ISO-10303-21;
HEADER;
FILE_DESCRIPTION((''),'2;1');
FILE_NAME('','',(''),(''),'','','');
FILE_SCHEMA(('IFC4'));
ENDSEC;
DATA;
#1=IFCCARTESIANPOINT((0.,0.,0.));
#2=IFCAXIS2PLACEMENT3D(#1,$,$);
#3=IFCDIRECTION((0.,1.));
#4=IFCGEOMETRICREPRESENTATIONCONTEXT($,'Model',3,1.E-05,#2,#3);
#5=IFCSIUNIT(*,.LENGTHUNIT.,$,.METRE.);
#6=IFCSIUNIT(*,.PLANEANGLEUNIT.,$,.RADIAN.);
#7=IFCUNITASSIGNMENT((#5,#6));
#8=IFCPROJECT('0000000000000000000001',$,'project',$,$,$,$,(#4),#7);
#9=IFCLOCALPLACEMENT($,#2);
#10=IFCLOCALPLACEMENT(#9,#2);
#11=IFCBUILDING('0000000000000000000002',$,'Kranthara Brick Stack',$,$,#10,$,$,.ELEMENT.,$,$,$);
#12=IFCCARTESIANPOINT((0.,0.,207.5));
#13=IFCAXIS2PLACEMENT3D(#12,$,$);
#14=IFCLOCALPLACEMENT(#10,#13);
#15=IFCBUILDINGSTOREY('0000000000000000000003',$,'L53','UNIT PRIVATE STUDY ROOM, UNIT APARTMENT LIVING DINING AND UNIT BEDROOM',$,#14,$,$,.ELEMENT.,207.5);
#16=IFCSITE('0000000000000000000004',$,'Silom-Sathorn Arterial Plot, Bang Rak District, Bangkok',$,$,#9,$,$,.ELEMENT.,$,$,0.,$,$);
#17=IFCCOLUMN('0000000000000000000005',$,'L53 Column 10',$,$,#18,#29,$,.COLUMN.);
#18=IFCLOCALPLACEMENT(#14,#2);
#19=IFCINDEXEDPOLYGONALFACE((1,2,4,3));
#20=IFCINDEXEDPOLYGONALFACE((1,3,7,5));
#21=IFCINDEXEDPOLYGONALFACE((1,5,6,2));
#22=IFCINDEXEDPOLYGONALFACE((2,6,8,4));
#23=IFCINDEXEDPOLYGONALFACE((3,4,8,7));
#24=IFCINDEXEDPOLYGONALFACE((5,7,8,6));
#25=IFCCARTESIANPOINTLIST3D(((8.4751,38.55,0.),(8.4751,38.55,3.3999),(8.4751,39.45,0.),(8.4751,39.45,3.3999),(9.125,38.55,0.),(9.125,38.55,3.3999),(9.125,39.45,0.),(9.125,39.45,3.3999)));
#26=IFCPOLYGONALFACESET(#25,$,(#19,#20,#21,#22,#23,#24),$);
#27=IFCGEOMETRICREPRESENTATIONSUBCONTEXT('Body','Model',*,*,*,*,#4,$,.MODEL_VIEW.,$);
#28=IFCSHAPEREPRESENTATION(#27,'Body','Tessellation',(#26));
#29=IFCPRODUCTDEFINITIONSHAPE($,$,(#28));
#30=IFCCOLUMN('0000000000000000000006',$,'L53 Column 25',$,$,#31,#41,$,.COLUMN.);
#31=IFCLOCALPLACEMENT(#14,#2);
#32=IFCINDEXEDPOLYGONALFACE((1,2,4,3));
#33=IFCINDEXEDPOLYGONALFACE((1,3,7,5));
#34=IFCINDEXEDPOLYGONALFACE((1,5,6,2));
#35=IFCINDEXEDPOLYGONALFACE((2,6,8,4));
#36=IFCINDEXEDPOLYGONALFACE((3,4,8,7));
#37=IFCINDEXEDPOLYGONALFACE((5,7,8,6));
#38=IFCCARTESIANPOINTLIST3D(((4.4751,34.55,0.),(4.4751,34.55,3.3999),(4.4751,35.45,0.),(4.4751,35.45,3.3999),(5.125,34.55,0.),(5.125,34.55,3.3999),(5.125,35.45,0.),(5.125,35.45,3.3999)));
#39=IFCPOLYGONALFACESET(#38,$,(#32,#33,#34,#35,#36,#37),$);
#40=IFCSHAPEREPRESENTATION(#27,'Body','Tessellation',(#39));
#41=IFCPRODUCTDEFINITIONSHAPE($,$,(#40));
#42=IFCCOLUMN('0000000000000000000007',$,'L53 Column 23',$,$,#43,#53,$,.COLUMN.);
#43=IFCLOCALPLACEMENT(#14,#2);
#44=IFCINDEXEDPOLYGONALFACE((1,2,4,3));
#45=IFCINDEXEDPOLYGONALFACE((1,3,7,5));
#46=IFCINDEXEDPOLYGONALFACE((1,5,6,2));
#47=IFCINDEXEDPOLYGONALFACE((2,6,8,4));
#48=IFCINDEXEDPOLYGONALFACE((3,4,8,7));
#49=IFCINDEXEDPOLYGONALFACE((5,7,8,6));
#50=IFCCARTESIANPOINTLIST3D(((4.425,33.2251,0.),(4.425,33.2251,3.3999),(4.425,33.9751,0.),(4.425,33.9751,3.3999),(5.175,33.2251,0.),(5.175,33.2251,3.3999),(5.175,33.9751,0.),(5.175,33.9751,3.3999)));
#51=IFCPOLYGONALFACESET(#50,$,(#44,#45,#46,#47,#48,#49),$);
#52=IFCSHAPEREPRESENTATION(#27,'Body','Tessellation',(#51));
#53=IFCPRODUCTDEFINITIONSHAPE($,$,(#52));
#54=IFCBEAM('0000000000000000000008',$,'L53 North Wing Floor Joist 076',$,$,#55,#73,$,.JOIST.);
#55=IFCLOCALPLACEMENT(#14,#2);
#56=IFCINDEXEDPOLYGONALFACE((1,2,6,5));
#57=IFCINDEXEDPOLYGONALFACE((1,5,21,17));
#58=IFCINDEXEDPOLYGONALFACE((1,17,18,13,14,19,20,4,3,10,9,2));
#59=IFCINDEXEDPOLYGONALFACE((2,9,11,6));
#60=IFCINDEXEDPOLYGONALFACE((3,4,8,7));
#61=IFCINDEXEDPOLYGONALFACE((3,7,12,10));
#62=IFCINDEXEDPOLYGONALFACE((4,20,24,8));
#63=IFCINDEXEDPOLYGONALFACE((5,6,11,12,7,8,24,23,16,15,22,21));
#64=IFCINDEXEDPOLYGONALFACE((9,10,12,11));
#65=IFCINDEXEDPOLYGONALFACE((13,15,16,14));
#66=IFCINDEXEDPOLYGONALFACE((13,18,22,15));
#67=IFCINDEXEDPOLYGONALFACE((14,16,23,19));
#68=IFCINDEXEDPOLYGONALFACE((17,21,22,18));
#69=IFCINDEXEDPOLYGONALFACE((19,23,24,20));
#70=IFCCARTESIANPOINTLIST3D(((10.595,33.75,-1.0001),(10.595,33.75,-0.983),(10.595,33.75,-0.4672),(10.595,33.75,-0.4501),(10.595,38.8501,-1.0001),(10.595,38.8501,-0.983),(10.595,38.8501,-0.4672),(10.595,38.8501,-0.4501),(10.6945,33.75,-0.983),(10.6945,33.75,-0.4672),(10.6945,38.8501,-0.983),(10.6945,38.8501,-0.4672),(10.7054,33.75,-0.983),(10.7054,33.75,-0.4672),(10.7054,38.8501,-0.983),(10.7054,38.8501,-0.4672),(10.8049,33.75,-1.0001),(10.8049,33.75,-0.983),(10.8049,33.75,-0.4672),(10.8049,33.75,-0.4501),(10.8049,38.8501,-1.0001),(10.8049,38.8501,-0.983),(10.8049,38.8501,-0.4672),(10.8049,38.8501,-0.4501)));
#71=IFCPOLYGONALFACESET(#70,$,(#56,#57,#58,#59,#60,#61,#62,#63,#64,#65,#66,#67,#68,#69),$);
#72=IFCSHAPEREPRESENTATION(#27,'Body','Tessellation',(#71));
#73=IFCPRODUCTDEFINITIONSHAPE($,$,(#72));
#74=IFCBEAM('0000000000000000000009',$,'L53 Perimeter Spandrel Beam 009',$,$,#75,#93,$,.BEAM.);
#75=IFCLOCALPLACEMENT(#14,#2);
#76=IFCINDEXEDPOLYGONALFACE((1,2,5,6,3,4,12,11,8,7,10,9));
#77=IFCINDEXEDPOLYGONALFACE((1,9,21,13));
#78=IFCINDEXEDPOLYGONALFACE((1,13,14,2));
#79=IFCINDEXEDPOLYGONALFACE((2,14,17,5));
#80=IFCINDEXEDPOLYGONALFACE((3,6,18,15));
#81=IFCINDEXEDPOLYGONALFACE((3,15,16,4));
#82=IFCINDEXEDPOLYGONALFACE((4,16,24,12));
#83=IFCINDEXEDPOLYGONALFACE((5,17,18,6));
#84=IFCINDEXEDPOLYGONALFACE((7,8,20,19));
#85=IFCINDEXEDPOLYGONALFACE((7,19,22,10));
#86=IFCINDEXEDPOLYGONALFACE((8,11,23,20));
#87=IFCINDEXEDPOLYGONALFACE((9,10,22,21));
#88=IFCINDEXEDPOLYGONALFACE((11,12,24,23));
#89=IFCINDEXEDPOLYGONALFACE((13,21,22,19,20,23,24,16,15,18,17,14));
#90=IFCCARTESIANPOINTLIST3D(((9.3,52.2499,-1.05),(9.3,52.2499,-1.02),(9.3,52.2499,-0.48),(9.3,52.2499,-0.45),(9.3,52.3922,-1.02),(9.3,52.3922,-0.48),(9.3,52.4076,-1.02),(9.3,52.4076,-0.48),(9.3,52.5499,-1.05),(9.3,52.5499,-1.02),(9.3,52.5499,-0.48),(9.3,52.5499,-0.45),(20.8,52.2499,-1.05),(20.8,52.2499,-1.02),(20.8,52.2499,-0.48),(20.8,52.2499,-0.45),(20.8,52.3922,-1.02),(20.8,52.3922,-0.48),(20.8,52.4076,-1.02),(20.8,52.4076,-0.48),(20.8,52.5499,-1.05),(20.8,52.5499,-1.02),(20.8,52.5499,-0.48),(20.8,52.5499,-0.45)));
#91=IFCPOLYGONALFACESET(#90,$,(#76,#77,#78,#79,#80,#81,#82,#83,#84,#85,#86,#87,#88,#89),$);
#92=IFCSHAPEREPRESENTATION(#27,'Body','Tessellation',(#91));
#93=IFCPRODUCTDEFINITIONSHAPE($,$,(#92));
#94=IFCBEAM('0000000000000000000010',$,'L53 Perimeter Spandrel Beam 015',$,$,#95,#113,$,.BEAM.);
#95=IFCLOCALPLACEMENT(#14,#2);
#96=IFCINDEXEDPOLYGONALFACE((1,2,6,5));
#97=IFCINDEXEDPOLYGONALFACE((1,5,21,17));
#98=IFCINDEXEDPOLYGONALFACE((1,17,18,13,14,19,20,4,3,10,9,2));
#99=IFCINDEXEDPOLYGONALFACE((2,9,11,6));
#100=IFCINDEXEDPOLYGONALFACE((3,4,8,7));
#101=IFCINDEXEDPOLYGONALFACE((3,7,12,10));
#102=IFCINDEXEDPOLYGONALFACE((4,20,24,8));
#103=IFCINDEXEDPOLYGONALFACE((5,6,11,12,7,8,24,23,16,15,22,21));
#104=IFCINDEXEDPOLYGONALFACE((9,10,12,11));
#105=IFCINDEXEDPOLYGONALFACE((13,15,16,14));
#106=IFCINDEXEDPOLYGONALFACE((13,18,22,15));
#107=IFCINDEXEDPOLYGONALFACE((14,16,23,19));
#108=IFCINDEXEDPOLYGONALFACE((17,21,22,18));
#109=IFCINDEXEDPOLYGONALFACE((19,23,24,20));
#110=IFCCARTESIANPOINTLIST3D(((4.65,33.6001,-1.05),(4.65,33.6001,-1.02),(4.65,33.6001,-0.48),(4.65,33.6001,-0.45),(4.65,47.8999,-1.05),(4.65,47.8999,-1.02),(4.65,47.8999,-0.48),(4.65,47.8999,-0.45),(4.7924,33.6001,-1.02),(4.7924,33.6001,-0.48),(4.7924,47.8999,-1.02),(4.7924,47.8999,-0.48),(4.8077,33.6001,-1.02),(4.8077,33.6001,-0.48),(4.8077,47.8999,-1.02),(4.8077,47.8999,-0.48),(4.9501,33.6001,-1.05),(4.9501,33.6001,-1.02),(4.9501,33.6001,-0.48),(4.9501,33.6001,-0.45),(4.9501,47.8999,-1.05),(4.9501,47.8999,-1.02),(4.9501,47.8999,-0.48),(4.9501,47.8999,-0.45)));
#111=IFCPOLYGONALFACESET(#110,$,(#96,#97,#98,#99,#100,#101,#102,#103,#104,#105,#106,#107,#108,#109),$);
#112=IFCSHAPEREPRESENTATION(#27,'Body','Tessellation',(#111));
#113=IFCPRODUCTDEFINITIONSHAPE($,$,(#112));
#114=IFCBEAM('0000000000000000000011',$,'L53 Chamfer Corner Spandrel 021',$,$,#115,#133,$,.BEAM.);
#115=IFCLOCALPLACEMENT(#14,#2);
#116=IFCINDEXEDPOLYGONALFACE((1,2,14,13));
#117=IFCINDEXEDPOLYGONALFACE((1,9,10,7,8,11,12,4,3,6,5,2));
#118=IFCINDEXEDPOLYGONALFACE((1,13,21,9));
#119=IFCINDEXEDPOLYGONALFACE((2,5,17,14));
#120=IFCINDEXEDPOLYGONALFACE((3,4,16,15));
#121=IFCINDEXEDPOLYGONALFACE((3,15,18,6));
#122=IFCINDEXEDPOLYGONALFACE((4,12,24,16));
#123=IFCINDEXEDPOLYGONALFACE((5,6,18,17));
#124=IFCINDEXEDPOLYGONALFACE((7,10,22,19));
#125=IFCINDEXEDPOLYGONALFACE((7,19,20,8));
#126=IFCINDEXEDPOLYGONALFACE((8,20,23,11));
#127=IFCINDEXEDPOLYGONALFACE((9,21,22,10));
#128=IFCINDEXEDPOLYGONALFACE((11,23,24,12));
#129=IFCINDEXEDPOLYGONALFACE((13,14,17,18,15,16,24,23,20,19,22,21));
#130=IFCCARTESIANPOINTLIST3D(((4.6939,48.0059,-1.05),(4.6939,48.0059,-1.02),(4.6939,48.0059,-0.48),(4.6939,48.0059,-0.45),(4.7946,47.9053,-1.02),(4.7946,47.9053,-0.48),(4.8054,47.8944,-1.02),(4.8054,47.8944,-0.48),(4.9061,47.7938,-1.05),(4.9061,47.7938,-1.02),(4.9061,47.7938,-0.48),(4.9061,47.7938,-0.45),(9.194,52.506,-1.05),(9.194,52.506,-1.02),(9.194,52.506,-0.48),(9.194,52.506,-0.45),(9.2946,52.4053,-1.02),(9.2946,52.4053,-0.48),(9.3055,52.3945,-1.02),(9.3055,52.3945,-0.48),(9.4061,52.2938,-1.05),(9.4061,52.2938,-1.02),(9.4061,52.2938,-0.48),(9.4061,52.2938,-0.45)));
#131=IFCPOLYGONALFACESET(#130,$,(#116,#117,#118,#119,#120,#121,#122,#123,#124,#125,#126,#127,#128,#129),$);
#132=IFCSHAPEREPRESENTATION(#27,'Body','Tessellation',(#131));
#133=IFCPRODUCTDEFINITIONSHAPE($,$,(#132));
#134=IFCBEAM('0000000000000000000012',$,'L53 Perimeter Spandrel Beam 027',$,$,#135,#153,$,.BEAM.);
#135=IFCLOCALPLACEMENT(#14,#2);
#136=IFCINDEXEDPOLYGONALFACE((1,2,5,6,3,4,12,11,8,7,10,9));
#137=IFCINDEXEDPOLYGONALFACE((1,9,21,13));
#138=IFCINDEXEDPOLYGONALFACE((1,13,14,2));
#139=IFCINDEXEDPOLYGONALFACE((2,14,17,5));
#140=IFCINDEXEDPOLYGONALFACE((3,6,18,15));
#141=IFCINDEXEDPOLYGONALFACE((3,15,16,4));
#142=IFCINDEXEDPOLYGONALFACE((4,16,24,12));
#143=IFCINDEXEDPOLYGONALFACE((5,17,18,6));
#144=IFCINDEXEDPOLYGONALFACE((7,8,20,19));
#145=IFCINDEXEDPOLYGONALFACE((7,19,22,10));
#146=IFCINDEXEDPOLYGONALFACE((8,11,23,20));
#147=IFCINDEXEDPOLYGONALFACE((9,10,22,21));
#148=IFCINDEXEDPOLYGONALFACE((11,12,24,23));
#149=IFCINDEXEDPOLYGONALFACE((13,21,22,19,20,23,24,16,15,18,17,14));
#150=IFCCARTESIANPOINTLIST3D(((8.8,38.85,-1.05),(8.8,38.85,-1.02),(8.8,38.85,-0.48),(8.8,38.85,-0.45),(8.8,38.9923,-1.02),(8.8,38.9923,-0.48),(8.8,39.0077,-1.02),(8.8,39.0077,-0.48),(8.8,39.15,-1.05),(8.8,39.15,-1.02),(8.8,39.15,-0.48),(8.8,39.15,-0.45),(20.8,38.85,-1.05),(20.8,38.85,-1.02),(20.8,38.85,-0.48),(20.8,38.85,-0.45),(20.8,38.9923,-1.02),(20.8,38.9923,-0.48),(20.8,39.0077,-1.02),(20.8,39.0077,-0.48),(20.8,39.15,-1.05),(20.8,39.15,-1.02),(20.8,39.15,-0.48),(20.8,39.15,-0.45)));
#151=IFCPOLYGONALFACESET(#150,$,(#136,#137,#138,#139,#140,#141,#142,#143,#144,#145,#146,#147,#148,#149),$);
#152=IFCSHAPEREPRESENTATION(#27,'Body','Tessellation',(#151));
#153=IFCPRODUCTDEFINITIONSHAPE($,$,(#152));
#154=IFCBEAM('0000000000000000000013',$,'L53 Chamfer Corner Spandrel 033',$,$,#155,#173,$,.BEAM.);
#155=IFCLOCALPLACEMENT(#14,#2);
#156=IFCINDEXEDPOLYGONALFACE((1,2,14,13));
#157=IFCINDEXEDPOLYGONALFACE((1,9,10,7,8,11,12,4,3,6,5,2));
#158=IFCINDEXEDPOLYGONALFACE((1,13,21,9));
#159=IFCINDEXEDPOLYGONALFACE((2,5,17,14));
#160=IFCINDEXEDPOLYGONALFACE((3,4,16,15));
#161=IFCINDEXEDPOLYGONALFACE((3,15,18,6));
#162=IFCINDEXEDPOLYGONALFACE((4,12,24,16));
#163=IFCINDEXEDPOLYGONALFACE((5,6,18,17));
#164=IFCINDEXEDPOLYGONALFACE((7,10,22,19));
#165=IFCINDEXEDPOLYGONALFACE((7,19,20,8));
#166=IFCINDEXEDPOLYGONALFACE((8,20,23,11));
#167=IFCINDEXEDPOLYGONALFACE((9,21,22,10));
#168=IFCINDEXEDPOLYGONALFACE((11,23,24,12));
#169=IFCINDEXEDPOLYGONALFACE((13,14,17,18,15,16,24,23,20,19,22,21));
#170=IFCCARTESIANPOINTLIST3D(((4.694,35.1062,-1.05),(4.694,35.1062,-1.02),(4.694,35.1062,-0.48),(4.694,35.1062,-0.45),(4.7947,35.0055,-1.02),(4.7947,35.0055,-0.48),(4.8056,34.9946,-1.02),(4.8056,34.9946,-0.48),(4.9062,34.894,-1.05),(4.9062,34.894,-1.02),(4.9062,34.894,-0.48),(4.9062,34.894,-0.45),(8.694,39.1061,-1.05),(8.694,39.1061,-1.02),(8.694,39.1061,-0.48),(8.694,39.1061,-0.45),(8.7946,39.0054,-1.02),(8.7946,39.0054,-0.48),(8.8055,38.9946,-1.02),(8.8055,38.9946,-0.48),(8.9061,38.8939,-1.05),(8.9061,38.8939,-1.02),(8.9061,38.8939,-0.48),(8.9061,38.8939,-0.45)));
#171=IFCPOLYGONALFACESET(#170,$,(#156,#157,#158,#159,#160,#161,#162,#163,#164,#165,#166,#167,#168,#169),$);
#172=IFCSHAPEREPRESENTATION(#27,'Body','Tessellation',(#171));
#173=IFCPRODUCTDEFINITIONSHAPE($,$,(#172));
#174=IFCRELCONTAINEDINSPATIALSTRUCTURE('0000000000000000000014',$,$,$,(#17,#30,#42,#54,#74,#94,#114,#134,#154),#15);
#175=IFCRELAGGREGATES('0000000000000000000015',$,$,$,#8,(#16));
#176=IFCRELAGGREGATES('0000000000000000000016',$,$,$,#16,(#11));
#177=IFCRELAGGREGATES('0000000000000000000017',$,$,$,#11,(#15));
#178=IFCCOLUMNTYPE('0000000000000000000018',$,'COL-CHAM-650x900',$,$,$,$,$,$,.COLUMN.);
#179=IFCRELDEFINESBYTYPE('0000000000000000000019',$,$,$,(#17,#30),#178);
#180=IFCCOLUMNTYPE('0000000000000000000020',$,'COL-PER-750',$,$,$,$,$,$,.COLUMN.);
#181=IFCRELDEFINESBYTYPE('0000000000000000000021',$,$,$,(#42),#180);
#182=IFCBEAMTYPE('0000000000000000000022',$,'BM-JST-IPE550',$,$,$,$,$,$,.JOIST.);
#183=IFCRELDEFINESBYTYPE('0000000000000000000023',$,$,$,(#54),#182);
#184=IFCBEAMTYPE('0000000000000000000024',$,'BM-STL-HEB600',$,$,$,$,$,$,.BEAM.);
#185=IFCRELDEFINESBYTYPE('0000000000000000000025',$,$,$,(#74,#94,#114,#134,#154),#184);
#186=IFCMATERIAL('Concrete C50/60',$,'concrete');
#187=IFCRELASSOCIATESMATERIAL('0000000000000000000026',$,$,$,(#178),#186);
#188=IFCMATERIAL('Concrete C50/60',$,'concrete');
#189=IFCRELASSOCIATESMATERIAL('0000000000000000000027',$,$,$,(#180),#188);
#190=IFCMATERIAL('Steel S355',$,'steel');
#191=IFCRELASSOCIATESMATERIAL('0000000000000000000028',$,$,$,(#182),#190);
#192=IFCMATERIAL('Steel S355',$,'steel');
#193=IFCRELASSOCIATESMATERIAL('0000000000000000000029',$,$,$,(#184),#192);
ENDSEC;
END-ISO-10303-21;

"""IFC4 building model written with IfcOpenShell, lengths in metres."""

from ifc_helpers import new_model, si_unit, direction, frame, origin, origin_2d, place, context, subcontext, project, spatial, rectangle, i_section, extrude, material, material_profile, profile_set, type_object, element, save


model = new_model("IFC4")

# Units and contexts
model_context = context("Model", 3, precision=1e-05, world=origin(), true_north=direction((0.0, 1.0)))
body_context = subcontext(model_context, "Body", "Model", "MODEL_VIEW")
ifc_project = project(units=[si_unit("LENGTHUNIT", "METRE"), si_unit("PLANEANGLEUNIT", "RADIAN")], contexts=[model_context])

# Site, building, storey
site_placement = place(None, origin())
site = spatial("IfcSite", under=ifc_project, at=site_placement, Name="Silom-Sathorn Arterial Plot, Bang Rak District, Bangkok", CompositionType="ELEMENT", RefElevation=0.0)
building_placement = place(site_placement, origin())
building = spatial("IfcBuilding", under=site, at=building_placement, Name="Kranthara Brick Stack", CompositionType="ELEMENT")
storey_placement = place(building_placement, frame((0.0, 0.0, 207.5)))
storey = spatial("IfcBuildingStorey", under=building, at=storey_placement, Name="L53", Description="UNIT PRIVATE STUDY ROOM, UNIT APARTMENT LIVING DINING AND UNIT BEDROOM", CompositionType="ELEMENT", Elevation=207.5)

# Columns
ifc_material_1 = material(Name="Concrete C50/60", Category="concrete")
ifc_material_profile_1 = material_profile(ifc_material_1, rectangle(XDim=0.6499, YDim=0.8999, at=origin_2d()), Name="RC 650x900")
ifc_profile_set_1 = profile_set([ifc_material_profile_1], Name="Concrete C50/60")
column_type_1 = type_object("IfcColumnType", Name="COL-CHAM-650x900", PredefinedType="COLUMN", material=ifc_profile_set_1)
for number, where, z_axis, x_axis, name in (
    (1, (8.8, 39.0, 0.0), (0.0, 0.0, 1.0), (1.0, 0.0, 0.0), "L53 Column 10"),
    (2, (4.8, 35.0, 0.0), (0.0, 0.0, 1.0), (1.0, 0.0, 0.0), "L53 Column 25"),
):
    element("IfcColumn", number, at=place(storey_placement, frame(where, z_axis=z_axis, x_axis=x_axis)), inside=storey, type_object=column_type_1, Name=name, PredefinedType="COLUMN", context=body_context, shape_type="SweptSolid", body=[
        extrude(rectangle(XDim=0.6499, YDim=0.8999, at=origin_2d()), origin(), (0.0, 0.0, 1.0), 3.3999),
    ])
ifc_material_2 = material(Name="Concrete C50/60", Category="concrete")
ifc_material_profile_2 = material_profile(ifc_material_2, rectangle(XDim=0.75, YDim=0.75, at=origin_2d()), Name="RC 750x750")
ifc_profile_set_2 = profile_set([ifc_material_profile_2], Name="Concrete C50/60")
column_type_2 = type_object("IfcColumnType", Name="COL-PER-750", PredefinedType="COLUMN", material=ifc_profile_set_2)
column_placement = place(storey_placement, frame((4.8, 33.6001, 0.0), z_axis=(0.0, 0.0, 1.0), x_axis=(1.0, 0.0, 0.0)))
element("IfcColumn", 3, at=column_placement, inside=storey, type_object=column_type_2, Name="L53 Column 23", PredefinedType="COLUMN", context=body_context, shape_type="SweptSolid", body=[
    extrude(rectangle(XDim=0.75, YDim=0.75, at=origin_2d()), origin(), (0.0, 0.0, 1.0), 3.3999),
])

# Beams
ifc_material_3 = material(Name="Steel S355", Category="steel")
ifc_material_profile_3 = material_profile(ifc_material_3, i_section(OverallWidth=0.21, OverallDepth=0.55, WebThickness=0.011, FlangeThickness=0.0171, at=origin_2d()), Name="IPE 550")
ifc_profile_set_3 = profile_set([ifc_material_profile_3], Name="Steel S355")
beam_type_1 = type_object("IfcBeamType", Name="BM-JST-IPE550", PredefinedType="JOIST", material=ifc_profile_set_3)
beam_1_placement = place(storey_placement, frame((10.7, 33.75, -0.7251), z_axis=(0.0, 1.0, 0.0), x_axis=(-1.0, 0.0, 0.0)))
element("IfcBeam", 4, at=beam_1_placement, inside=storey, type_object=beam_type_1, Name="L53 North Wing Floor Joist 076", PredefinedType="JOIST", context=body_context, shape_type="SweptSolid", body=[
    extrude(i_section(OverallWidth=0.21, OverallDepth=0.55, WebThickness=0.011, FlangeThickness=0.0171, at=origin_2d()), origin(), (0.0, 0.0, 1.0), 5.1001),
])
ifc_material_4 = material(Name="Steel S355", Category="steel")
ifc_material_profile_4 = material_profile(ifc_material_4, i_section(OverallWidth=0.3, OverallDepth=0.6001, WebThickness=0.0154, FlangeThickness=0.03, at=origin_2d()), Name="HEB 600")
ifc_profile_set_4 = profile_set([ifc_material_profile_4], Name="Steel S355")
beam_type_2 = type_object("IfcBeamType", Name="BM-STL-HEB600", PredefinedType="BEAM", material=ifc_profile_set_4)
beam_2_placement = place(storey_placement, frame((9.3, 52.3999, -0.75), z_axis=(1.0, 0.0, 0.0), x_axis=(0.0, 1.0, 0.0)))
element("IfcBeam", 5, at=beam_2_placement, inside=storey, type_object=beam_type_2, Name="L53 Perimeter Spandrel Beam 009", PredefinedType="BEAM", context=body_context, shape_type="SweptSolid", body=[
    extrude(i_section(OverallWidth=0.3, OverallDepth=0.6001, WebThickness=0.0154, FlangeThickness=0.03, at=origin_2d()), origin(), (0.0, 0.0, 1.0), 11.5),
])
beam_3_placement = place(storey_placement, frame((4.8, 33.6001, -0.75), z_axis=(0.0, 1.0, 0.0), x_axis=(-1.0, 0.0, 0.0)))
element("IfcBeam", 6, at=beam_3_placement, inside=storey, type_object=beam_type_2, Name="L53 Perimeter Spandrel Beam 015", PredefinedType="BEAM", context=body_context, shape_type="SweptSolid", body=[
    extrude(i_section(OverallWidth=0.3, OverallDepth=0.6001, WebThickness=0.0154, FlangeThickness=0.03, at=origin_2d()), origin(), (0.0, 0.0, 1.0), 14.2998),
])
beam_4_placement = place(storey_placement, frame((9.3, 52.3999, -0.75), z_axis=(-0.707107, -0.707107, 0.0), x_axis=(0.707107, -0.707107, 0.0)))
element("IfcBeam", 7, at=beam_4_placement, inside=storey, type_object=beam_type_2, Name="L53 Chamfer Corner Spandrel 021", PredefinedType="BEAM", context=body_context, shape_type="SweptSolid", body=[
    extrude(i_section(OverallWidth=0.3, OverallDepth=0.6001, WebThickness=0.0154, FlangeThickness=0.03, at=origin_2d()), origin(), (0.0, 0.0, 1.0), 6.364),
])
beam_5_placement = place(storey_placement, frame((8.8, 39.0, -0.75), z_axis=(1.0, 0.0, 0.0), x_axis=(0.0, 1.0, 0.0)))
element("IfcBeam", 8, at=beam_5_placement, inside=storey, type_object=beam_type_2, Name="L53 Perimeter Spandrel Beam 027", PredefinedType="BEAM", context=body_context, shape_type="SweptSolid", body=[
    extrude(i_section(OverallWidth=0.3, OverallDepth=0.6001, WebThickness=0.0154, FlangeThickness=0.03, at=origin_2d()), origin(), (0.0, 0.0, 1.0), 12.0),
])
beam_6_placement = place(storey_placement, frame((8.8, 39.0, -0.75), z_axis=(-0.707107, -0.707107, 0.0), x_axis=(0.707107, -0.707107, 0.0)))
element("IfcBeam", 9, at=beam_6_placement, inside=storey, type_object=beam_type_2, Name="L53 Chamfer Corner Spandrel 033", PredefinedType="BEAM", context=body_context, shape_type="SweptSolid", body=[
    extrude(i_section(OverallWidth=0.3, OverallDepth=0.6001, WebThickness=0.0154, FlangeThickness=0.03, at=origin_2d()), origin(), (0.0, 0.0, 1.0), 5.6567),
])

save(model, "model.ifc")
